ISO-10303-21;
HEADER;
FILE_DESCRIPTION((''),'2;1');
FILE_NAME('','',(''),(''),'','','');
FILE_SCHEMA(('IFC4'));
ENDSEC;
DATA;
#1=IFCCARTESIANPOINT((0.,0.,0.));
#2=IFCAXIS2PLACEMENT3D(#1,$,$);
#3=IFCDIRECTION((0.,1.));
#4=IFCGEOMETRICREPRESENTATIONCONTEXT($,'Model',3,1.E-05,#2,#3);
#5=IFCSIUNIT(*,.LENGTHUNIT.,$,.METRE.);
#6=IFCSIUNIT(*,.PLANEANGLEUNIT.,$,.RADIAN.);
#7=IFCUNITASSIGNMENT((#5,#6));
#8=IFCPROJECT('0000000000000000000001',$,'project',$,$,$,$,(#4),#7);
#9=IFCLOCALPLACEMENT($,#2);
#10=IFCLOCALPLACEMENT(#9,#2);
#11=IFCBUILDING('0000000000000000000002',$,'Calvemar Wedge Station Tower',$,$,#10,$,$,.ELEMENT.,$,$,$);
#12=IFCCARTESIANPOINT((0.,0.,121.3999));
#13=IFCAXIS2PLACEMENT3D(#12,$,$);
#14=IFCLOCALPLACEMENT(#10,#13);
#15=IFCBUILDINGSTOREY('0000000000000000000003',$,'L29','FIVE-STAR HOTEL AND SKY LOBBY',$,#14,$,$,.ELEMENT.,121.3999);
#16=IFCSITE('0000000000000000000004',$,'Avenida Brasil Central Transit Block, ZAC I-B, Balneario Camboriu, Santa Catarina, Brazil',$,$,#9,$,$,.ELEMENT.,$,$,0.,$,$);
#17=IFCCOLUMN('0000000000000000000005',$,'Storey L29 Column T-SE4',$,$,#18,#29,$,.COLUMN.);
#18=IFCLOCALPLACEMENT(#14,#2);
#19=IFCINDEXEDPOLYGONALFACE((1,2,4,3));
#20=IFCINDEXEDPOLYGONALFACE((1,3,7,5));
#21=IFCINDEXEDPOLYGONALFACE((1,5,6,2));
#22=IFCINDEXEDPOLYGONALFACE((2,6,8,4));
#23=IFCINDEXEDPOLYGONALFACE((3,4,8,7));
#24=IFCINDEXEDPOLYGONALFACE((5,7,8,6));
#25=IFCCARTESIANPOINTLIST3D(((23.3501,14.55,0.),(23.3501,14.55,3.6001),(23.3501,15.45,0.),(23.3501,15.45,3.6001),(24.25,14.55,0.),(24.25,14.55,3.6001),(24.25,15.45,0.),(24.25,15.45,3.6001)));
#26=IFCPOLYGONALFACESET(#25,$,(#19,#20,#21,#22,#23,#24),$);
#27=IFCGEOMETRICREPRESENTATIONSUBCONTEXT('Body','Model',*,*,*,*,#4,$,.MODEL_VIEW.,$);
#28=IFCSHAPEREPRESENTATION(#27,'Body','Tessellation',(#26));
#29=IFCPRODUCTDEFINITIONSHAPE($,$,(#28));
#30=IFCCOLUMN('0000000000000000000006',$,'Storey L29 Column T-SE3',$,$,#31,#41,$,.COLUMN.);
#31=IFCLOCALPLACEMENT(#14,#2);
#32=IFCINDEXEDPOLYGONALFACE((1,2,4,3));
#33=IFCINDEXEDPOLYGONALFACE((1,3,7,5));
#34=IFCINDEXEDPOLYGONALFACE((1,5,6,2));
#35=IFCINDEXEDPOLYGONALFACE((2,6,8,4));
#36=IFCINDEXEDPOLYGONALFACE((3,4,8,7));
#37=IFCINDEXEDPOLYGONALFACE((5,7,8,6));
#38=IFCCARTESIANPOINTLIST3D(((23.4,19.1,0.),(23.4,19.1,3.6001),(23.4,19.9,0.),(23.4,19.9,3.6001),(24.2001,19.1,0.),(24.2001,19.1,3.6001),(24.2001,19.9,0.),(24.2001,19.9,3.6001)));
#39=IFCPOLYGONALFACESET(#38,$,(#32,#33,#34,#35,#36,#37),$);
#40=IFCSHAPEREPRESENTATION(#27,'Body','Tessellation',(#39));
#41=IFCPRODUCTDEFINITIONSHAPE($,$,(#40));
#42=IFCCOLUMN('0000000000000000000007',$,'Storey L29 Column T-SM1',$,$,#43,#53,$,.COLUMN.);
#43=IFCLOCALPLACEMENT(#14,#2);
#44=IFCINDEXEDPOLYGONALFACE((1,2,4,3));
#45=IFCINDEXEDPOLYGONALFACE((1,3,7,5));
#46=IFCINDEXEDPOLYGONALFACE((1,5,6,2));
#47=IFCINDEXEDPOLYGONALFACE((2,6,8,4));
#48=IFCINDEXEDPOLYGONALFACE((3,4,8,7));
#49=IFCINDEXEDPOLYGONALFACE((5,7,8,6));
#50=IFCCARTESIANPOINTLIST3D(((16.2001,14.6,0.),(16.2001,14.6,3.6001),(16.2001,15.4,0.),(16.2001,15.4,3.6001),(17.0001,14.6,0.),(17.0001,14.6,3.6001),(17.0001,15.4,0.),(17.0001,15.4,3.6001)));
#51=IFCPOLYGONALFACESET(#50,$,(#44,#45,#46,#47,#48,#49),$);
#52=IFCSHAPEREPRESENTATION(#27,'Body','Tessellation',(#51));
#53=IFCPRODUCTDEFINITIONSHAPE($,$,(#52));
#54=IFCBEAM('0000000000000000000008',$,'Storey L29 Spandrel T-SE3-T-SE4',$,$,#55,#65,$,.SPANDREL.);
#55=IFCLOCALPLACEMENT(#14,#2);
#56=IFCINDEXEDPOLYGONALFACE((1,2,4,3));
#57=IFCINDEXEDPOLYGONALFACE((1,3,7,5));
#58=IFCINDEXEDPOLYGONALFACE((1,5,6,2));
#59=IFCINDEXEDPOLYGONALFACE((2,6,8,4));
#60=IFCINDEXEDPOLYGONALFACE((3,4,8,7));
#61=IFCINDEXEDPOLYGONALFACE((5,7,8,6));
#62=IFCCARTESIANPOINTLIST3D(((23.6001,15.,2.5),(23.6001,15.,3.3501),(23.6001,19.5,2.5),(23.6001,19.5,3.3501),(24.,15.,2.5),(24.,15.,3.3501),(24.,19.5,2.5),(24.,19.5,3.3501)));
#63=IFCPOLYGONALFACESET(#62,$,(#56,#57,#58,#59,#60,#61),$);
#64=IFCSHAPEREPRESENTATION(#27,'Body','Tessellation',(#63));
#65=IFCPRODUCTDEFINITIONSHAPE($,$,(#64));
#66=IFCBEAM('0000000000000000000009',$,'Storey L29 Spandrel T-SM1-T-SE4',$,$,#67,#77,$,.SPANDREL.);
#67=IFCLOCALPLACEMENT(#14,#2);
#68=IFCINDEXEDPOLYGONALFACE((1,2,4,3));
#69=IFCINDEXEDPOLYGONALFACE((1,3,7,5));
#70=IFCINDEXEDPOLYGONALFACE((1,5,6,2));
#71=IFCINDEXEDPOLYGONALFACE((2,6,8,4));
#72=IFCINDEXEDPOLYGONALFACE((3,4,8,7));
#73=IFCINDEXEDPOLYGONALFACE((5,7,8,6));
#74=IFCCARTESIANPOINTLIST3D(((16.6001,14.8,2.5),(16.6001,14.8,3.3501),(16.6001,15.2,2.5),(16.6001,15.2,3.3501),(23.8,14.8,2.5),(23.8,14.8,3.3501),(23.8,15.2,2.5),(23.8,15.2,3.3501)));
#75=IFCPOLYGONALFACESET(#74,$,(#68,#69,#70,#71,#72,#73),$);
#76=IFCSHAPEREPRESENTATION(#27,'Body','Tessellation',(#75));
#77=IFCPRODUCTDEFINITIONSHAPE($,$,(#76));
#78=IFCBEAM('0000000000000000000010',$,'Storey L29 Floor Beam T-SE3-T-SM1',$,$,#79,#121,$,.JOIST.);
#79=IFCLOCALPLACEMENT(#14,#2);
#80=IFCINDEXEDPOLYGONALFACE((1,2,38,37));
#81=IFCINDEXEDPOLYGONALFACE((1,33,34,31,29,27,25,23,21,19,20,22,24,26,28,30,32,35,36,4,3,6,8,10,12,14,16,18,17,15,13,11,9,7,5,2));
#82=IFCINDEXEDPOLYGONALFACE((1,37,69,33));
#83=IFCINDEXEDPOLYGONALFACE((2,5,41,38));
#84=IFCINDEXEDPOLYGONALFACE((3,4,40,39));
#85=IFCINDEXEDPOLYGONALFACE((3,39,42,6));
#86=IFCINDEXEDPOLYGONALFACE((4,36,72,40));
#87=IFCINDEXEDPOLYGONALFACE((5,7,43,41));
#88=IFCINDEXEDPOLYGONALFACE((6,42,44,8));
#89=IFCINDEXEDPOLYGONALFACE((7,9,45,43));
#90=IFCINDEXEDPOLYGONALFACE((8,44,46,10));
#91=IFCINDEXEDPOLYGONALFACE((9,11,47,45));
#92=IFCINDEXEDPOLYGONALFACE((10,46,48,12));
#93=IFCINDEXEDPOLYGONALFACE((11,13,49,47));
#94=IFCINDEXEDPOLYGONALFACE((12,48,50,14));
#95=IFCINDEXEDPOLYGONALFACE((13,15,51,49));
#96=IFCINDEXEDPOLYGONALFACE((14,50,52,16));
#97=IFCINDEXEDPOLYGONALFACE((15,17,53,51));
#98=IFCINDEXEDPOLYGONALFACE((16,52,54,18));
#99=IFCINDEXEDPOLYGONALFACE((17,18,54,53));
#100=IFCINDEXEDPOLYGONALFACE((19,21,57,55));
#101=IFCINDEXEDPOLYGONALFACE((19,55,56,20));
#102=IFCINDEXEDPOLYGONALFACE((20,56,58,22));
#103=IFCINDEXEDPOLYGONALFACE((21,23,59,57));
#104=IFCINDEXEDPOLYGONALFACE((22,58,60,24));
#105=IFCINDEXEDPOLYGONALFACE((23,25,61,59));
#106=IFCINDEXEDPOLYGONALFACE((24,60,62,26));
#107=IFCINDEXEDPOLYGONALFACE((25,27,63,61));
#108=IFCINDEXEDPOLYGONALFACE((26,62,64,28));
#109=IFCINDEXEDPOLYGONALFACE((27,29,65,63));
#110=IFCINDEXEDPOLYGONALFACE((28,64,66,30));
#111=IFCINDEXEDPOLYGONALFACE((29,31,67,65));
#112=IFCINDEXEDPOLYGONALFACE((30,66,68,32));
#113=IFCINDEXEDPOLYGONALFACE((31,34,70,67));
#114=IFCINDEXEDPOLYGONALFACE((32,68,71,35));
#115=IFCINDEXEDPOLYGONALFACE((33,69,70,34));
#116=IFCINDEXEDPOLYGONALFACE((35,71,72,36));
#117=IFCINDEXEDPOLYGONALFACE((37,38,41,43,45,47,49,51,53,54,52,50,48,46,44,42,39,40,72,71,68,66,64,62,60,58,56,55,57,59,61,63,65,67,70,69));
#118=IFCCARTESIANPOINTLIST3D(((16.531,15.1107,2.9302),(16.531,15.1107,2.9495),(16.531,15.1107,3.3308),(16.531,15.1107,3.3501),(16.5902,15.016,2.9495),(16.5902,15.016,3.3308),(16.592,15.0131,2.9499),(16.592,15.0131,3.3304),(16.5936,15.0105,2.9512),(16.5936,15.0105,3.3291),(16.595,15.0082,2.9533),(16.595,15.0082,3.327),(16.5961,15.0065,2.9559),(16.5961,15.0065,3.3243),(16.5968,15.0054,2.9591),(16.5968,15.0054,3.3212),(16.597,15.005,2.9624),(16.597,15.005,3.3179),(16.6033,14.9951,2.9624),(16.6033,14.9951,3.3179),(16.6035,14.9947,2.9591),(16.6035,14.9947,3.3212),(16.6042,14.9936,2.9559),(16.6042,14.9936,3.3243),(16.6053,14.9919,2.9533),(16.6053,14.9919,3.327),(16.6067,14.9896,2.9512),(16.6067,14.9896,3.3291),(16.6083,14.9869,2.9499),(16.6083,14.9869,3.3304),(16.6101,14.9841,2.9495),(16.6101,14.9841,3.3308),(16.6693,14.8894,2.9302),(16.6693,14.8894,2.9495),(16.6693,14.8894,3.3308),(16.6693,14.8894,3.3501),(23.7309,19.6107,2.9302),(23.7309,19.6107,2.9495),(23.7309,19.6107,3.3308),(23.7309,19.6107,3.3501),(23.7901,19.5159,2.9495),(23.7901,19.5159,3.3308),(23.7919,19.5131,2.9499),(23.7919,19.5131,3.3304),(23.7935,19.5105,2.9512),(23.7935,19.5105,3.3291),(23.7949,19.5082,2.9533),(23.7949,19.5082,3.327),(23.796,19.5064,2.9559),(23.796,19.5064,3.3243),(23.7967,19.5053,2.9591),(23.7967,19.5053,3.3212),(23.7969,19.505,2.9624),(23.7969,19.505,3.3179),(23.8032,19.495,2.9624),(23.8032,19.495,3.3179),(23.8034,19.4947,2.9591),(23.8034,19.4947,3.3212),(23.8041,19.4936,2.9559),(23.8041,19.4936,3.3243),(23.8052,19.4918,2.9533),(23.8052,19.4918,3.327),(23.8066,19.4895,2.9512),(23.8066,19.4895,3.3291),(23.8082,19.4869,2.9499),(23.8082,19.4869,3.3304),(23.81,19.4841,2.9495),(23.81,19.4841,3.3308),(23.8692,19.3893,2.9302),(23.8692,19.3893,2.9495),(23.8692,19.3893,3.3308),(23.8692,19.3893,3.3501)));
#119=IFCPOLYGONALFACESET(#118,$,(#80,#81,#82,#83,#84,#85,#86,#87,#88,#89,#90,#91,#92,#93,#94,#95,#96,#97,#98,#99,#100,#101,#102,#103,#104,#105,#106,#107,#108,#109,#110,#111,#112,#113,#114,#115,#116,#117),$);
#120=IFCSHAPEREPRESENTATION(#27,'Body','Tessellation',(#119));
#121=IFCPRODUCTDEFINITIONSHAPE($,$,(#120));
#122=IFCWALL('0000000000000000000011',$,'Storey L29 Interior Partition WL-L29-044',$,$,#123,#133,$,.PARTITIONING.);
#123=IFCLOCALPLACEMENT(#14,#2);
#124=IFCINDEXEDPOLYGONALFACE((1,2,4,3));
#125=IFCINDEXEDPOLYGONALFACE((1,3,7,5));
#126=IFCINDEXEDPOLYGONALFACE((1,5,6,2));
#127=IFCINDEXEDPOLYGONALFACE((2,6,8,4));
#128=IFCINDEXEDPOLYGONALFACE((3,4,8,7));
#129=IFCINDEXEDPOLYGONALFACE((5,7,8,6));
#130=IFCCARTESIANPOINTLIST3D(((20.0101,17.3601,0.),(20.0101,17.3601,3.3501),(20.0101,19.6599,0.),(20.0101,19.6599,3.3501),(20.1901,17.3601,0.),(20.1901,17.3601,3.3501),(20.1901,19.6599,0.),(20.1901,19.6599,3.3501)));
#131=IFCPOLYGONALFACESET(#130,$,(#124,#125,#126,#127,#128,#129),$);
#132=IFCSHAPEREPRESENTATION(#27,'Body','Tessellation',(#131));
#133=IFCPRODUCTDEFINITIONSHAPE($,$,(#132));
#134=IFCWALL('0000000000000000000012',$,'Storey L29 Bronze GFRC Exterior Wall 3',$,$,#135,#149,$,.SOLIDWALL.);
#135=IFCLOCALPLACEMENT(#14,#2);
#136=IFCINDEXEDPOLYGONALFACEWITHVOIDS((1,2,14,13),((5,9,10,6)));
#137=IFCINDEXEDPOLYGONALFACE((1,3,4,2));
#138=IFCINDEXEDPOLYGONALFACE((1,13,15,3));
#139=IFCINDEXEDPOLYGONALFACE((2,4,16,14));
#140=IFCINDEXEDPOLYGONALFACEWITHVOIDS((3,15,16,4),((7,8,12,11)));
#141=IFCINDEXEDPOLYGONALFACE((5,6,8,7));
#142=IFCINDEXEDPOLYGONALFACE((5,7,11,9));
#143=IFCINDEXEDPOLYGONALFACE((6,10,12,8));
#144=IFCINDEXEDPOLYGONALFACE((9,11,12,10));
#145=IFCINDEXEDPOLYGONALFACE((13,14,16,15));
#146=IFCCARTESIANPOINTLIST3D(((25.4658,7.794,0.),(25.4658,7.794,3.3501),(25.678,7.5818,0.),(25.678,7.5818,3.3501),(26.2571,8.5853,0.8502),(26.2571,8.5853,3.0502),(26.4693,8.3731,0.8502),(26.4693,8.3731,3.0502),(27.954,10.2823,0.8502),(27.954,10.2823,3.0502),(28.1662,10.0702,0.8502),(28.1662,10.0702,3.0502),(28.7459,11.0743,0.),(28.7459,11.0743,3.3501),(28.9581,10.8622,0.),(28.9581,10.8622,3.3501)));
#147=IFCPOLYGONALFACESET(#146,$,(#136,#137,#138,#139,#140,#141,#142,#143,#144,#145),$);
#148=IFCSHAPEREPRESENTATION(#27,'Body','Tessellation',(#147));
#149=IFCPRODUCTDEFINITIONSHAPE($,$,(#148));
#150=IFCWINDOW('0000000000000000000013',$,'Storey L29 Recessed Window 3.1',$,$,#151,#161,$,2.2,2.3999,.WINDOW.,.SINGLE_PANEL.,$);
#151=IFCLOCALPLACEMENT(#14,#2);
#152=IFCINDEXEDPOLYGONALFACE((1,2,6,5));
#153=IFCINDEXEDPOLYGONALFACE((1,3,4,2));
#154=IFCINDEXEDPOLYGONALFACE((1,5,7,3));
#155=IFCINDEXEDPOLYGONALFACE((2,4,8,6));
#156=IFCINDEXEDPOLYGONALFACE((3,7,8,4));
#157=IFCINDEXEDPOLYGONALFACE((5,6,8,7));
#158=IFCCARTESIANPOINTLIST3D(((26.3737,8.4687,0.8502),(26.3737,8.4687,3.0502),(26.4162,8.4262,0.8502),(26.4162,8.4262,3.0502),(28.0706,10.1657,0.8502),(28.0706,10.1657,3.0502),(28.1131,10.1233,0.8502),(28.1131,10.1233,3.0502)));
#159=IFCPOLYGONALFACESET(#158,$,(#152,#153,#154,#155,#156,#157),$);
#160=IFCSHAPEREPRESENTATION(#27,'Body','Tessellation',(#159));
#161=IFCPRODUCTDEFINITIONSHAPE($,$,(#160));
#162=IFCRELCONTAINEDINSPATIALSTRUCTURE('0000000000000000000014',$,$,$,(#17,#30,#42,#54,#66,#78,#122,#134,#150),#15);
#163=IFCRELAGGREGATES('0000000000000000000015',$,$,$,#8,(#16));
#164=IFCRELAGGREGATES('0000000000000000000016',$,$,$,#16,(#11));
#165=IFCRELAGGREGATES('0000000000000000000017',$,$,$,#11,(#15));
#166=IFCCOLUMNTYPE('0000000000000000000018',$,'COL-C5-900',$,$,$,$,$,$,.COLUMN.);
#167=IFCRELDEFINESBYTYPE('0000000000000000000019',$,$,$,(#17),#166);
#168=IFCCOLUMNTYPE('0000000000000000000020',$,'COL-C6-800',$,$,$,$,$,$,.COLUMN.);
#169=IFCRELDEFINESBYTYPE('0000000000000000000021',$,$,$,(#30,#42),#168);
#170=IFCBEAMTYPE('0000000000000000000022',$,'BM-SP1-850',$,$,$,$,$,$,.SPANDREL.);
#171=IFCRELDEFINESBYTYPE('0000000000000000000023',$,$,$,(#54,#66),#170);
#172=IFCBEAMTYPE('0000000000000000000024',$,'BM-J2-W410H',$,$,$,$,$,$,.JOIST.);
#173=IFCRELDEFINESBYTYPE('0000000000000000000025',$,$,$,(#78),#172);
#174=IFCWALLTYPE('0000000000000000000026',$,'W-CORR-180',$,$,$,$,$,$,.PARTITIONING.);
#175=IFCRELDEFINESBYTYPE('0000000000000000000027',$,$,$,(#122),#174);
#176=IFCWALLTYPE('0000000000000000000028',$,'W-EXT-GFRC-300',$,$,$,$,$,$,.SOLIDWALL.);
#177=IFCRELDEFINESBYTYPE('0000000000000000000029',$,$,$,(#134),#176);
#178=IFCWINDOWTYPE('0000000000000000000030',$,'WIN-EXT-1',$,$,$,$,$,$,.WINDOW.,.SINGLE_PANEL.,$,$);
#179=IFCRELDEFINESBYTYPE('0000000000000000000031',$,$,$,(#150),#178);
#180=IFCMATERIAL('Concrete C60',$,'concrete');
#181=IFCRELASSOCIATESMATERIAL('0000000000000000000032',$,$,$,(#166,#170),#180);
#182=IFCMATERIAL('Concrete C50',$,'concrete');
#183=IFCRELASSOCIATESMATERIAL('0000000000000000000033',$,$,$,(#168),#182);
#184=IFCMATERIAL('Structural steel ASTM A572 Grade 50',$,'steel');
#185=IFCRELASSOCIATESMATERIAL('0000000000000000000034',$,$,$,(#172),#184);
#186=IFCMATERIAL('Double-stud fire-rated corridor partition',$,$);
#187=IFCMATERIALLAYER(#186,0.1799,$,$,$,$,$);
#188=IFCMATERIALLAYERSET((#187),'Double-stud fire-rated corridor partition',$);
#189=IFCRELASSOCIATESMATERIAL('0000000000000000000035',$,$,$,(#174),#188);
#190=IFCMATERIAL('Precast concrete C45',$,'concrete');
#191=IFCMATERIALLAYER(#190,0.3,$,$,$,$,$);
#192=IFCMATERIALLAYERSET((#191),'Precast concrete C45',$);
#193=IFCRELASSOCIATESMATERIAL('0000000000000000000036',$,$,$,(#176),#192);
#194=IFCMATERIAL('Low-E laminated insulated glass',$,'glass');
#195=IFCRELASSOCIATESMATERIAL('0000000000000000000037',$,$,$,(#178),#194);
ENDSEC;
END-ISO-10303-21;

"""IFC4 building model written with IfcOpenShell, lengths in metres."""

from ifc_helpers import new_model, si_unit, direction, frame, frame_2d, origin, origin_2d, place, context, subcontext, project, spatial, rectangle, i_section, extrude, source, transform, mapped, material, layer, layer_set, material_profile, profile_set, type_object, element, fill, save


model = new_model("IFC4")

# Units and contexts
model_context = context("Model", 3, precision=1e-05, world=origin(), true_north=direction((0.0, 1.0)))
body_context = subcontext(model_context, "Body", "Model", "MODEL_VIEW")
ifc_project = project(units=[si_unit("LENGTHUNIT", "METRE"), si_unit("PLANEANGLEUNIT", "RADIAN")], contexts=[model_context])

# Site, building, storey
site_placement = place(None, origin())
site = spatial("IfcSite", under=ifc_project, at=site_placement, Name="Avenida Brasil Central Transit Block, ZAC I-B, Balneario Camboriu, Santa Catarina, Brazil", CompositionType="ELEMENT", RefElevation=0.0)
building_placement = place(site_placement, origin())
building = spatial("IfcBuilding", under=site, at=building_placement, Name="Calvemar Wedge Station Tower", CompositionType="ELEMENT")
storey_placement = place(building_placement, frame((0.0, 0.0, 121.3999)))
storey = spatial("IfcBuildingStorey", under=building, at=storey_placement, Name="L29", Description="FIVE-STAR HOTEL AND SKY LOBBY", CompositionType="ELEMENT", Elevation=121.3999)

# Columns
ifc_material_1 = material(Name="Concrete C60", Category="concrete")
ifc_material_profile_1 = material_profile(ifc_material_1, rectangle(XDim=0.8999, YDim=0.8999, at=origin_2d()), Name="RC900x900")
ifc_profile_set_1 = profile_set([ifc_material_profile_1], Name="Concrete C60")
column_type_1 = type_object("IfcColumnType", Name="COL-C5-900", PredefinedType="COLUMN", material=ifc_profile_set_1)
shared_shape_1 = source(origin(), body_context, "Body", "SweptSolid", [
    extrude(rectangle(XDim=0.8999, YDim=0.8999, at=origin_2d()), origin(), (0.0, 0.0, 1.0), 3.6001),
])
column_placement = place(storey_placement, frame((23.8, 15.0, 0.0), z_axis=(0.0, 0.0, 1.0), x_axis=(1.0, 0.0, 0.0)))
element("IfcColumn", 1, at=column_placement, inside=storey, type_object=column_type_1, Name="Storey L29 Column T-SE4", PredefinedType="COLUMN", context=body_context, shape_type="MappedRepresentation", body=[
    mapped(shared_shape_1, transform((0.0, 0.0, 0.0), scale=1.0)),
])
ifc_material_2 = material(Name="Concrete C50", Category="concrete")
ifc_material_profile_2 = material_profile(ifc_material_2, rectangle(XDim=0.8, YDim=0.8, at=origin_2d()), Name="RC800x800")
ifc_profile_set_2 = profile_set([ifc_material_profile_2], Name="Concrete C50")
column_type_2 = type_object("IfcColumnType", Name="COL-C6-800", PredefinedType="COLUMN", material=ifc_profile_set_2)
shared_shape_2 = source(origin(), body_context, "Body", "SweptSolid", [
    extrude(rectangle(XDim=0.8, YDim=0.8, at=origin_2d()), origin(), (0.0, 0.0, 1.0), 3.6001),
])
for number, where, z_axis, x_axis, name in (
    (2, (23.8, 19.5, 0.0), (0.0, 0.0, 1.0), (1.0, 0.0, 0.0), "Storey L29 Column T-SE3"),
    (3, (16.6001, 15.0, 0.0), (0.0, 0.0, 1.0), (1.0, 0.0, 0.0), "Storey L29 Column T-SM1"),
):
    element("IfcColumn", number, at=place(storey_placement, frame(where, z_axis=z_axis, x_axis=x_axis)), inside=storey, type_object=column_type_2, Name=name, PredefinedType="COLUMN", context=body_context, shape_type="MappedRepresentation", body=[
        mapped(shared_shape_2, transform((0.0, 0.0, 0.0), scale=1.0)),
    ])

# Beams
ifc_material_profile_3 = material_profile(ifc_material_1, rectangle(XDim=0.3999, YDim=0.8501, at=origin_2d()), Name="RC400x850")
ifc_profile_set_3 = profile_set([ifc_material_profile_3], Name="Concrete C60")
beam_type_1 = type_object("IfcBeamType", Name="BM-SP1-850", PredefinedType="SPANDREL", material=ifc_profile_set_3)
shared_shape_3 = source(origin(), body_context, "Body", "SweptSolid", [
    extrude(rectangle(XDim=0.3999, YDim=0.8501, at=origin_2d()), origin(), (0.0, 0.0, 1.0), 4.5),
])
beam_1_placement = place(storey_placement, frame((23.8, 19.5, 2.925), z_axis=(0.0, -1.0, 0.0), x_axis=(1.0, 0.0, 0.0)))
element("IfcBeam", 4, at=beam_1_placement, inside=storey, type_object=beam_type_1, Name="Storey L29 Spandrel T-SE3-T-SE4", PredefinedType="SPANDREL", context=body_context, shape_type="MappedRepresentation", body=[
    mapped(shared_shape_3, transform((0.0, 0.0, 0.0), scale=1.0)),
])
shared_shape_4 = source(origin(), body_context, "Body", "SweptSolid", [
    extrude(rectangle(XDim=0.3999, YDim=0.8501, at=origin_2d()), origin(), (0.0, 0.0, 1.0), 7.2),
])
beam_2_placement = place(storey_placement, frame((16.6001, 15.0, 2.925), z_axis=(1.0, 0.0, 0.0), x_axis=(0.0, 1.0, 0.0)))
element("IfcBeam", 5, at=beam_2_placement, inside=storey, type_object=beam_type_1, Name="Storey L29 Spandrel T-SM1-T-SE4", PredefinedType="SPANDREL", context=body_context, shape_type="MappedRepresentation", body=[
    mapped(shared_shape_4, transform((0.0, 0.0, 0.0), scale=1.0)),
])
ifc_material_3 = material(Name="Structural steel ASTM A572 Grade 50", Category="steel")
ifc_material_profile_4 = material_profile(ifc_material_3, i_section(OverallWidth=0.261, OverallDepth=0.4199, WebThickness=0.0117, FlangeThickness=0.0193, FilletRadius=0.0129, at=origin_2d()), Name="W410x114")
ifc_profile_set_4 = profile_set([ifc_material_profile_4], Name="Structural steel ASTM A572 Grade 50")
beam_type_2 = type_object("IfcBeamType", Name="BM-J2-W410H", PredefinedType="JOIST", material=ifc_profile_set_4)
shared_shape_5 = source(origin(), body_context, "Body", "SweptSolid", [
    extrude(i_section(OverallWidth=0.261, OverallDepth=0.4199, WebThickness=0.0117, FlangeThickness=0.0193, FilletRadius=0.0129, at=origin_2d()), origin(), (0.0, 0.0, 1.0), 8.4905),
])
beam_3_placement = place(storey_placement, frame((23.8, 19.5, 3.1401), z_axis=(-0.847997, -0.530002, 0.0), x_axis=(0.530002, -0.847997, 0.0)))
element("IfcBeam", 6, at=beam_3_placement, inside=storey, type_object=beam_type_2, Name="Storey L29 Floor Beam T-SE3-T-SM1", PredefinedType="JOIST", context=body_context, shape_type="MappedRepresentation", body=[
    mapped(shared_shape_5, transform((0.0, 0.0, 0.0), scale=1.0)),
])

# Shared definitions
ifc_material_4 = material(Name="Double-stud fire-rated corridor partition")
ifc_layer_1 = layer(ifc_material_4, 0.1799)
ifc_layer_set_1 = layer_set([ifc_layer_1], Name="Double-stud fire-rated corridor partition")
wall_type_1 = type_object("IfcWallType", Name="W-CORR-180", PredefinedType="PARTITIONING", material=ifc_layer_set_1)

# Wall
wall_1_placement = place(storey_placement, frame((20.1001, 19.6599, 0.0), z_axis=(0.0, 0.0, 1.0), x_axis=(0.0, -1.0, 0.0)))
element("IfcWall", 7, at=wall_1_placement, inside=storey, type_object=wall_type_1, Name="Storey L29 Interior Partition WL-L29-044", PredefinedType="PARTITIONING", context=body_context, shape_type="SweptSolid", body=[
    extrude(rectangle(XDim=2.2998, YDim=0.1799, at=frame_2d((1.1499, 0.0))), origin(), (0.0, 0.0, 1.0), 3.3501),
])

# Wall, opening, window
ifc_material_5 = material(Name="Precast concrete C45", Category="concrete")
ifc_layer_2 = layer(ifc_material_5, 0.3)
ifc_layer_set_2 = layer_set([ifc_layer_2], Name="Precast concrete C45")
wall_type_2 = type_object("IfcWallType", Name="W-EXT-GFRC-300", PredefinedType="SOLIDWALL", material=ifc_layer_set_2)
wall_2_placement = place(storey_placement, frame((25.572, 7.688, 0.0), z_axis=(0.0, 0.0, 1.0), x_axis=(0.70708, 0.707133, 0.0)))
wall_2 = element("IfcWall", 8, at=wall_2_placement, inside=storey, type_object=wall_type_2, Name="Storey L29 Bronze GFRC Exterior Wall 3", PredefinedType="SOLIDWALL", context=body_context, shape_type="SweptSolid", body=[
    extrude(rectangle(XDim=4.6389, YDim=0.3, at=frame_2d((2.3193, 0.0))), origin(), (0.0, 0.0, 1.0), 3.3501),
])
shared_shape_6 = source(origin(), body_context, "Body", "SweptSolid", [
    extrude(rectangle(XDim=2.3999, YDim=2.2, at=frame_2d((1.2, 1.1001))), frame((0.0, 0.1602, 0.0), z_axis=(0.0, -1.0, 0.0), x_axis=(1.0, 0.0, 0.0)), (0.0, 0.0, 1.0), 0.3201),
])
opening_1_placement = place(wall_2_placement, frame((1.1189, 0.0, 0.8501)))
opening_1 = element("IfcOpeningElement", 9, at=opening_1_placement, cuts=wall_2, PredefinedType="OPENING", context=body_context, shape_type="MappedRepresentation", body=[
    mapped(shared_shape_6, transform((0.0, 0.0, 0.0), scale=1.0)),
])
ifc_material_6 = material(Name="Low-E laminated insulated glass", Category="glass")
window_type = type_object("IfcWindowType", Name="WIN-EXT-1", PartitioningType="SINGLE_PANEL", PredefinedType="WINDOW", material=ifc_material_6)
shared_shape_7 = source(origin(), body_context, "Body", "SweptSolid", [
    extrude(rectangle(XDim=2.3999, YDim=2.2, at=frame_2d((1.2, 1.1001))), frame((0.0, -0.0149, 0.0), z_axis=(0.0, -1.0, 0.0), x_axis=(1.0, 0.0, 0.0)), (0.0, 0.0, 1.0), 0.0601),
])
window_placement = place(opening_1_placement, origin())
window = element("IfcWindow", 10, at=window_placement, inside=storey, type_object=window_type, Name="Storey L29 Recessed Window 3.1", OverallHeight=2.2, OverallWidth=2.3999, PartitioningType="SINGLE_PANEL", PredefinedType="WINDOW", context=body_context, shape_type="MappedRepresentation", body=[
    mapped(shared_shape_7, transform((0.0, 0.0, 0.0), scale=1.0)),
])
fill(opening_1, window)

save(model, "model.ifc")
